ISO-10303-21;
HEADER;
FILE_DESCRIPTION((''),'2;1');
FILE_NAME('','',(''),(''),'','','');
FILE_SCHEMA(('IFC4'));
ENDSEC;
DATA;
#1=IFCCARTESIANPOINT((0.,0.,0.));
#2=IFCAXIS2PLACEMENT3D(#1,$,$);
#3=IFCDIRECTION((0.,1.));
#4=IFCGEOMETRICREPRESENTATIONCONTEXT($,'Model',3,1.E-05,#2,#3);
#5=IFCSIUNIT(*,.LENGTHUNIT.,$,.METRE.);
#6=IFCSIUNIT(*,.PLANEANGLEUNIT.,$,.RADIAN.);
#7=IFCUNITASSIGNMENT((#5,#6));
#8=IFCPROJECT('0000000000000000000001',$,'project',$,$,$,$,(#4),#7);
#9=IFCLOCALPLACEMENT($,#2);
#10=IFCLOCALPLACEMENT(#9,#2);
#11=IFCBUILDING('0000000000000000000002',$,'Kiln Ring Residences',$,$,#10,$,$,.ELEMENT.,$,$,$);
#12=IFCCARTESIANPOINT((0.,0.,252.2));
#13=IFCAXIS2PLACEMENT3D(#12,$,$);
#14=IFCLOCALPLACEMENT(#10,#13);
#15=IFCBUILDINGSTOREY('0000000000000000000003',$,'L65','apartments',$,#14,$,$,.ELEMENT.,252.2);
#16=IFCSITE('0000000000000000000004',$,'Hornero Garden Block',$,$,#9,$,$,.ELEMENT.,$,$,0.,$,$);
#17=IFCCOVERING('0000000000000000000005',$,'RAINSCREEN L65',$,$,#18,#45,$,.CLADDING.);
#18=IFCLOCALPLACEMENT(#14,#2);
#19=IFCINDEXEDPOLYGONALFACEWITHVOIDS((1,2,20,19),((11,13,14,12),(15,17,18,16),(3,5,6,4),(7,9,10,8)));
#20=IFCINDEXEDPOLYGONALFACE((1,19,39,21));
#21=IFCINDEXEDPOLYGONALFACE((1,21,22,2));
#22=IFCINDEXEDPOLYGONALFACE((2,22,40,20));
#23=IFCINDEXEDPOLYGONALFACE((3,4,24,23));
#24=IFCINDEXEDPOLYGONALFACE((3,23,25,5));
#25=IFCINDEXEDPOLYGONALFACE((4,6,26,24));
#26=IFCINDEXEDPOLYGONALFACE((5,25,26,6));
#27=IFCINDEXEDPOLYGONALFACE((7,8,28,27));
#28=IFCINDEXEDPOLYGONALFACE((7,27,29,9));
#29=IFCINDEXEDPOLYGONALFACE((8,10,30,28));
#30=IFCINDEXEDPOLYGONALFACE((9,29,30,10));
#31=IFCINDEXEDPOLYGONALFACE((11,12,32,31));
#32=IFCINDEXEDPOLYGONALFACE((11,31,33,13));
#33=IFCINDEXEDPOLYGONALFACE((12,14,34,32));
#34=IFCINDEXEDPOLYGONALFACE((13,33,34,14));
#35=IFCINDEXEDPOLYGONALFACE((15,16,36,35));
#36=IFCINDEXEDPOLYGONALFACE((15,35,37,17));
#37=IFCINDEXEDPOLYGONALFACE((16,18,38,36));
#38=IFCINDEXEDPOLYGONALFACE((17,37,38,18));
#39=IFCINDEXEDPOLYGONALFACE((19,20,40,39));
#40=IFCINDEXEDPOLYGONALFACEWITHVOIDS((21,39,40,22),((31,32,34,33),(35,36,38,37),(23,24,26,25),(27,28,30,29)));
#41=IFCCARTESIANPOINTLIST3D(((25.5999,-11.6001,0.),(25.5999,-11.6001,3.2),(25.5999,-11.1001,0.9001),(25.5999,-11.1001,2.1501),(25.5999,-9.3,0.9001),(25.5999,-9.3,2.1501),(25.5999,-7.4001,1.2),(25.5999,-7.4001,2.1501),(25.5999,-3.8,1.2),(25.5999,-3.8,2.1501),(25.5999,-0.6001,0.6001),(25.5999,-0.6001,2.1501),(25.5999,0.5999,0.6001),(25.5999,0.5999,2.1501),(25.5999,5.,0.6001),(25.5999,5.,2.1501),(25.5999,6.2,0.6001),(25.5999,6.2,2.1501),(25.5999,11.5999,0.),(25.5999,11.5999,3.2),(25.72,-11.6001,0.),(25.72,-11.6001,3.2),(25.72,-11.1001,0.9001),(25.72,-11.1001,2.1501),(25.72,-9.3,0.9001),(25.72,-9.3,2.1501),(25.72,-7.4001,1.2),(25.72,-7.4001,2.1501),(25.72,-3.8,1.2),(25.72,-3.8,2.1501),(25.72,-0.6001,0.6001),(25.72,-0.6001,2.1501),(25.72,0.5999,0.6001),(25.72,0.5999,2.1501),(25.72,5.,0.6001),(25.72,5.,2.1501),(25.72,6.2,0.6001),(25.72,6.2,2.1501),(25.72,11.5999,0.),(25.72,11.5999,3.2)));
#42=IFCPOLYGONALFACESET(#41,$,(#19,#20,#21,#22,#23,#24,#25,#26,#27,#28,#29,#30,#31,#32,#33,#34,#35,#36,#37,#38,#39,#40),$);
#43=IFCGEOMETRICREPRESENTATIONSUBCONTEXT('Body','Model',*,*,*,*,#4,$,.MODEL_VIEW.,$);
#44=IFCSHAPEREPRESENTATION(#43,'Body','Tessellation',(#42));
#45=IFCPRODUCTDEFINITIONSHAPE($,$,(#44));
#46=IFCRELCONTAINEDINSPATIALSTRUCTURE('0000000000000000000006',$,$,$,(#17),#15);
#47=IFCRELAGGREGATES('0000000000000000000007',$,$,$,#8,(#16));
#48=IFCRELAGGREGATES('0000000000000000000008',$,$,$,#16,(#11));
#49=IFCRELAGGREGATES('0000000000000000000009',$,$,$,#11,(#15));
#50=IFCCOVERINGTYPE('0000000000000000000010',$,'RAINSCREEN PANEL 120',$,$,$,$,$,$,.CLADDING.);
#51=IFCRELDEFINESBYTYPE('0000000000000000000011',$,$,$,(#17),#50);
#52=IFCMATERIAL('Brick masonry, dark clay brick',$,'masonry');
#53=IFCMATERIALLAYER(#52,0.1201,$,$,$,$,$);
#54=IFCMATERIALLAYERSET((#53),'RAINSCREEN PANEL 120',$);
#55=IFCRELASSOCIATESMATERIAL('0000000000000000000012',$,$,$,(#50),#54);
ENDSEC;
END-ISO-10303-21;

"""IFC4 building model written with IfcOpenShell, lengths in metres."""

from ifc_helpers import new_model, si_unit, direction, frame, origin, place, context, subcontext, project, spatial, polyline, outline, extrude, material, layer, layer_set, type_object, element, save


model = new_model("IFC4")

# Units and contexts
model_context = context("Model", 3, precision=1e-05, world=origin(), true_north=direction((0.0, 1.0)))
body_context = subcontext(model_context, "Body", "Model", "MODEL_VIEW")
ifc_project = project(units=[si_unit("LENGTHUNIT", "METRE"), si_unit("PLANEANGLEUNIT", "RADIAN")], contexts=[model_context])

# Site, building, storey
site_placement = place(None, origin())
site = spatial("IfcSite", under=ifc_project, at=site_placement, Name="Hornero Garden Block", CompositionType="ELEMENT", RefElevation=0.0)
building_placement = place(site_placement, origin())
building = spatial("IfcBuilding", under=site, at=building_placement, Name="Kiln Ring Residences", CompositionType="ELEMENT")
storey_placement = place(building_placement, frame((0.0, 0.0, 252.2)))
storey = spatial("IfcBuildingStorey", under=building, at=storey_placement, Name="L65", Description="apartments", CompositionType="ELEMENT", Elevation=252.2)

# Covering
ifc_material_1 = material(Name="Brick masonry, dark clay brick", Category="masonry")
ifc_layer_1 = layer(ifc_material_1, 0.1201)
ifc_layer_set_1 = layer_set([ifc_layer_1], Name="RAINSCREEN PANEL 120")
covering_type_1 = type_object("IfcCoveringType", Name="RAINSCREEN PANEL 120", PredefinedType="CLADDING", material=ifc_layer_set_1)
covering_1_placement = place(storey_placement, frame((25.6599, -11.6001, 0.0), z_axis=(0.0, 0.0, 1.0), x_axis=(0.0, 1.0, 0.0)))
element("IfcCovering", 1, at=covering_1_placement, inside=storey, type_object=covering_type_1, Name="RAINSCREEN L65", PredefinedType="CLADDING", context=body_context, shape_type="SweptSolid", body=[
    extrude(outline(polyline([(0.0, 0.0), (23.2, 0.0), (23.2, 3.2), (0.0, 3.2), (0.0, 0.0)]), holes=[polyline([(12.2, 0.6001), (12.2, 2.1501), (11.0, 2.1501), (11.0, 0.6001), (12.2, 0.6001)]), polyline([(17.8, 0.6001), (17.8, 2.1501), (16.6001, 2.1501), (16.6001, 0.6001), (17.8, 0.6001)]), polyline([(2.3, 0.9001), (2.3, 2.1501), (0.5, 2.1501), (0.5, 0.9001), (2.3, 0.9001)]), polyline([(7.8, 1.2), (7.8, 2.1501), (4.2, 2.1501), (4.2, 1.2), (7.8, 1.2)])]), frame((0.0, 0.0601, 0.0), z_axis=(0.0, -1.0, 0.0), x_axis=(1.0, 0.0, 0.0)), (0.0, 0.0, 1.0), 0.1201),
])

save(model, "model.ifc")
